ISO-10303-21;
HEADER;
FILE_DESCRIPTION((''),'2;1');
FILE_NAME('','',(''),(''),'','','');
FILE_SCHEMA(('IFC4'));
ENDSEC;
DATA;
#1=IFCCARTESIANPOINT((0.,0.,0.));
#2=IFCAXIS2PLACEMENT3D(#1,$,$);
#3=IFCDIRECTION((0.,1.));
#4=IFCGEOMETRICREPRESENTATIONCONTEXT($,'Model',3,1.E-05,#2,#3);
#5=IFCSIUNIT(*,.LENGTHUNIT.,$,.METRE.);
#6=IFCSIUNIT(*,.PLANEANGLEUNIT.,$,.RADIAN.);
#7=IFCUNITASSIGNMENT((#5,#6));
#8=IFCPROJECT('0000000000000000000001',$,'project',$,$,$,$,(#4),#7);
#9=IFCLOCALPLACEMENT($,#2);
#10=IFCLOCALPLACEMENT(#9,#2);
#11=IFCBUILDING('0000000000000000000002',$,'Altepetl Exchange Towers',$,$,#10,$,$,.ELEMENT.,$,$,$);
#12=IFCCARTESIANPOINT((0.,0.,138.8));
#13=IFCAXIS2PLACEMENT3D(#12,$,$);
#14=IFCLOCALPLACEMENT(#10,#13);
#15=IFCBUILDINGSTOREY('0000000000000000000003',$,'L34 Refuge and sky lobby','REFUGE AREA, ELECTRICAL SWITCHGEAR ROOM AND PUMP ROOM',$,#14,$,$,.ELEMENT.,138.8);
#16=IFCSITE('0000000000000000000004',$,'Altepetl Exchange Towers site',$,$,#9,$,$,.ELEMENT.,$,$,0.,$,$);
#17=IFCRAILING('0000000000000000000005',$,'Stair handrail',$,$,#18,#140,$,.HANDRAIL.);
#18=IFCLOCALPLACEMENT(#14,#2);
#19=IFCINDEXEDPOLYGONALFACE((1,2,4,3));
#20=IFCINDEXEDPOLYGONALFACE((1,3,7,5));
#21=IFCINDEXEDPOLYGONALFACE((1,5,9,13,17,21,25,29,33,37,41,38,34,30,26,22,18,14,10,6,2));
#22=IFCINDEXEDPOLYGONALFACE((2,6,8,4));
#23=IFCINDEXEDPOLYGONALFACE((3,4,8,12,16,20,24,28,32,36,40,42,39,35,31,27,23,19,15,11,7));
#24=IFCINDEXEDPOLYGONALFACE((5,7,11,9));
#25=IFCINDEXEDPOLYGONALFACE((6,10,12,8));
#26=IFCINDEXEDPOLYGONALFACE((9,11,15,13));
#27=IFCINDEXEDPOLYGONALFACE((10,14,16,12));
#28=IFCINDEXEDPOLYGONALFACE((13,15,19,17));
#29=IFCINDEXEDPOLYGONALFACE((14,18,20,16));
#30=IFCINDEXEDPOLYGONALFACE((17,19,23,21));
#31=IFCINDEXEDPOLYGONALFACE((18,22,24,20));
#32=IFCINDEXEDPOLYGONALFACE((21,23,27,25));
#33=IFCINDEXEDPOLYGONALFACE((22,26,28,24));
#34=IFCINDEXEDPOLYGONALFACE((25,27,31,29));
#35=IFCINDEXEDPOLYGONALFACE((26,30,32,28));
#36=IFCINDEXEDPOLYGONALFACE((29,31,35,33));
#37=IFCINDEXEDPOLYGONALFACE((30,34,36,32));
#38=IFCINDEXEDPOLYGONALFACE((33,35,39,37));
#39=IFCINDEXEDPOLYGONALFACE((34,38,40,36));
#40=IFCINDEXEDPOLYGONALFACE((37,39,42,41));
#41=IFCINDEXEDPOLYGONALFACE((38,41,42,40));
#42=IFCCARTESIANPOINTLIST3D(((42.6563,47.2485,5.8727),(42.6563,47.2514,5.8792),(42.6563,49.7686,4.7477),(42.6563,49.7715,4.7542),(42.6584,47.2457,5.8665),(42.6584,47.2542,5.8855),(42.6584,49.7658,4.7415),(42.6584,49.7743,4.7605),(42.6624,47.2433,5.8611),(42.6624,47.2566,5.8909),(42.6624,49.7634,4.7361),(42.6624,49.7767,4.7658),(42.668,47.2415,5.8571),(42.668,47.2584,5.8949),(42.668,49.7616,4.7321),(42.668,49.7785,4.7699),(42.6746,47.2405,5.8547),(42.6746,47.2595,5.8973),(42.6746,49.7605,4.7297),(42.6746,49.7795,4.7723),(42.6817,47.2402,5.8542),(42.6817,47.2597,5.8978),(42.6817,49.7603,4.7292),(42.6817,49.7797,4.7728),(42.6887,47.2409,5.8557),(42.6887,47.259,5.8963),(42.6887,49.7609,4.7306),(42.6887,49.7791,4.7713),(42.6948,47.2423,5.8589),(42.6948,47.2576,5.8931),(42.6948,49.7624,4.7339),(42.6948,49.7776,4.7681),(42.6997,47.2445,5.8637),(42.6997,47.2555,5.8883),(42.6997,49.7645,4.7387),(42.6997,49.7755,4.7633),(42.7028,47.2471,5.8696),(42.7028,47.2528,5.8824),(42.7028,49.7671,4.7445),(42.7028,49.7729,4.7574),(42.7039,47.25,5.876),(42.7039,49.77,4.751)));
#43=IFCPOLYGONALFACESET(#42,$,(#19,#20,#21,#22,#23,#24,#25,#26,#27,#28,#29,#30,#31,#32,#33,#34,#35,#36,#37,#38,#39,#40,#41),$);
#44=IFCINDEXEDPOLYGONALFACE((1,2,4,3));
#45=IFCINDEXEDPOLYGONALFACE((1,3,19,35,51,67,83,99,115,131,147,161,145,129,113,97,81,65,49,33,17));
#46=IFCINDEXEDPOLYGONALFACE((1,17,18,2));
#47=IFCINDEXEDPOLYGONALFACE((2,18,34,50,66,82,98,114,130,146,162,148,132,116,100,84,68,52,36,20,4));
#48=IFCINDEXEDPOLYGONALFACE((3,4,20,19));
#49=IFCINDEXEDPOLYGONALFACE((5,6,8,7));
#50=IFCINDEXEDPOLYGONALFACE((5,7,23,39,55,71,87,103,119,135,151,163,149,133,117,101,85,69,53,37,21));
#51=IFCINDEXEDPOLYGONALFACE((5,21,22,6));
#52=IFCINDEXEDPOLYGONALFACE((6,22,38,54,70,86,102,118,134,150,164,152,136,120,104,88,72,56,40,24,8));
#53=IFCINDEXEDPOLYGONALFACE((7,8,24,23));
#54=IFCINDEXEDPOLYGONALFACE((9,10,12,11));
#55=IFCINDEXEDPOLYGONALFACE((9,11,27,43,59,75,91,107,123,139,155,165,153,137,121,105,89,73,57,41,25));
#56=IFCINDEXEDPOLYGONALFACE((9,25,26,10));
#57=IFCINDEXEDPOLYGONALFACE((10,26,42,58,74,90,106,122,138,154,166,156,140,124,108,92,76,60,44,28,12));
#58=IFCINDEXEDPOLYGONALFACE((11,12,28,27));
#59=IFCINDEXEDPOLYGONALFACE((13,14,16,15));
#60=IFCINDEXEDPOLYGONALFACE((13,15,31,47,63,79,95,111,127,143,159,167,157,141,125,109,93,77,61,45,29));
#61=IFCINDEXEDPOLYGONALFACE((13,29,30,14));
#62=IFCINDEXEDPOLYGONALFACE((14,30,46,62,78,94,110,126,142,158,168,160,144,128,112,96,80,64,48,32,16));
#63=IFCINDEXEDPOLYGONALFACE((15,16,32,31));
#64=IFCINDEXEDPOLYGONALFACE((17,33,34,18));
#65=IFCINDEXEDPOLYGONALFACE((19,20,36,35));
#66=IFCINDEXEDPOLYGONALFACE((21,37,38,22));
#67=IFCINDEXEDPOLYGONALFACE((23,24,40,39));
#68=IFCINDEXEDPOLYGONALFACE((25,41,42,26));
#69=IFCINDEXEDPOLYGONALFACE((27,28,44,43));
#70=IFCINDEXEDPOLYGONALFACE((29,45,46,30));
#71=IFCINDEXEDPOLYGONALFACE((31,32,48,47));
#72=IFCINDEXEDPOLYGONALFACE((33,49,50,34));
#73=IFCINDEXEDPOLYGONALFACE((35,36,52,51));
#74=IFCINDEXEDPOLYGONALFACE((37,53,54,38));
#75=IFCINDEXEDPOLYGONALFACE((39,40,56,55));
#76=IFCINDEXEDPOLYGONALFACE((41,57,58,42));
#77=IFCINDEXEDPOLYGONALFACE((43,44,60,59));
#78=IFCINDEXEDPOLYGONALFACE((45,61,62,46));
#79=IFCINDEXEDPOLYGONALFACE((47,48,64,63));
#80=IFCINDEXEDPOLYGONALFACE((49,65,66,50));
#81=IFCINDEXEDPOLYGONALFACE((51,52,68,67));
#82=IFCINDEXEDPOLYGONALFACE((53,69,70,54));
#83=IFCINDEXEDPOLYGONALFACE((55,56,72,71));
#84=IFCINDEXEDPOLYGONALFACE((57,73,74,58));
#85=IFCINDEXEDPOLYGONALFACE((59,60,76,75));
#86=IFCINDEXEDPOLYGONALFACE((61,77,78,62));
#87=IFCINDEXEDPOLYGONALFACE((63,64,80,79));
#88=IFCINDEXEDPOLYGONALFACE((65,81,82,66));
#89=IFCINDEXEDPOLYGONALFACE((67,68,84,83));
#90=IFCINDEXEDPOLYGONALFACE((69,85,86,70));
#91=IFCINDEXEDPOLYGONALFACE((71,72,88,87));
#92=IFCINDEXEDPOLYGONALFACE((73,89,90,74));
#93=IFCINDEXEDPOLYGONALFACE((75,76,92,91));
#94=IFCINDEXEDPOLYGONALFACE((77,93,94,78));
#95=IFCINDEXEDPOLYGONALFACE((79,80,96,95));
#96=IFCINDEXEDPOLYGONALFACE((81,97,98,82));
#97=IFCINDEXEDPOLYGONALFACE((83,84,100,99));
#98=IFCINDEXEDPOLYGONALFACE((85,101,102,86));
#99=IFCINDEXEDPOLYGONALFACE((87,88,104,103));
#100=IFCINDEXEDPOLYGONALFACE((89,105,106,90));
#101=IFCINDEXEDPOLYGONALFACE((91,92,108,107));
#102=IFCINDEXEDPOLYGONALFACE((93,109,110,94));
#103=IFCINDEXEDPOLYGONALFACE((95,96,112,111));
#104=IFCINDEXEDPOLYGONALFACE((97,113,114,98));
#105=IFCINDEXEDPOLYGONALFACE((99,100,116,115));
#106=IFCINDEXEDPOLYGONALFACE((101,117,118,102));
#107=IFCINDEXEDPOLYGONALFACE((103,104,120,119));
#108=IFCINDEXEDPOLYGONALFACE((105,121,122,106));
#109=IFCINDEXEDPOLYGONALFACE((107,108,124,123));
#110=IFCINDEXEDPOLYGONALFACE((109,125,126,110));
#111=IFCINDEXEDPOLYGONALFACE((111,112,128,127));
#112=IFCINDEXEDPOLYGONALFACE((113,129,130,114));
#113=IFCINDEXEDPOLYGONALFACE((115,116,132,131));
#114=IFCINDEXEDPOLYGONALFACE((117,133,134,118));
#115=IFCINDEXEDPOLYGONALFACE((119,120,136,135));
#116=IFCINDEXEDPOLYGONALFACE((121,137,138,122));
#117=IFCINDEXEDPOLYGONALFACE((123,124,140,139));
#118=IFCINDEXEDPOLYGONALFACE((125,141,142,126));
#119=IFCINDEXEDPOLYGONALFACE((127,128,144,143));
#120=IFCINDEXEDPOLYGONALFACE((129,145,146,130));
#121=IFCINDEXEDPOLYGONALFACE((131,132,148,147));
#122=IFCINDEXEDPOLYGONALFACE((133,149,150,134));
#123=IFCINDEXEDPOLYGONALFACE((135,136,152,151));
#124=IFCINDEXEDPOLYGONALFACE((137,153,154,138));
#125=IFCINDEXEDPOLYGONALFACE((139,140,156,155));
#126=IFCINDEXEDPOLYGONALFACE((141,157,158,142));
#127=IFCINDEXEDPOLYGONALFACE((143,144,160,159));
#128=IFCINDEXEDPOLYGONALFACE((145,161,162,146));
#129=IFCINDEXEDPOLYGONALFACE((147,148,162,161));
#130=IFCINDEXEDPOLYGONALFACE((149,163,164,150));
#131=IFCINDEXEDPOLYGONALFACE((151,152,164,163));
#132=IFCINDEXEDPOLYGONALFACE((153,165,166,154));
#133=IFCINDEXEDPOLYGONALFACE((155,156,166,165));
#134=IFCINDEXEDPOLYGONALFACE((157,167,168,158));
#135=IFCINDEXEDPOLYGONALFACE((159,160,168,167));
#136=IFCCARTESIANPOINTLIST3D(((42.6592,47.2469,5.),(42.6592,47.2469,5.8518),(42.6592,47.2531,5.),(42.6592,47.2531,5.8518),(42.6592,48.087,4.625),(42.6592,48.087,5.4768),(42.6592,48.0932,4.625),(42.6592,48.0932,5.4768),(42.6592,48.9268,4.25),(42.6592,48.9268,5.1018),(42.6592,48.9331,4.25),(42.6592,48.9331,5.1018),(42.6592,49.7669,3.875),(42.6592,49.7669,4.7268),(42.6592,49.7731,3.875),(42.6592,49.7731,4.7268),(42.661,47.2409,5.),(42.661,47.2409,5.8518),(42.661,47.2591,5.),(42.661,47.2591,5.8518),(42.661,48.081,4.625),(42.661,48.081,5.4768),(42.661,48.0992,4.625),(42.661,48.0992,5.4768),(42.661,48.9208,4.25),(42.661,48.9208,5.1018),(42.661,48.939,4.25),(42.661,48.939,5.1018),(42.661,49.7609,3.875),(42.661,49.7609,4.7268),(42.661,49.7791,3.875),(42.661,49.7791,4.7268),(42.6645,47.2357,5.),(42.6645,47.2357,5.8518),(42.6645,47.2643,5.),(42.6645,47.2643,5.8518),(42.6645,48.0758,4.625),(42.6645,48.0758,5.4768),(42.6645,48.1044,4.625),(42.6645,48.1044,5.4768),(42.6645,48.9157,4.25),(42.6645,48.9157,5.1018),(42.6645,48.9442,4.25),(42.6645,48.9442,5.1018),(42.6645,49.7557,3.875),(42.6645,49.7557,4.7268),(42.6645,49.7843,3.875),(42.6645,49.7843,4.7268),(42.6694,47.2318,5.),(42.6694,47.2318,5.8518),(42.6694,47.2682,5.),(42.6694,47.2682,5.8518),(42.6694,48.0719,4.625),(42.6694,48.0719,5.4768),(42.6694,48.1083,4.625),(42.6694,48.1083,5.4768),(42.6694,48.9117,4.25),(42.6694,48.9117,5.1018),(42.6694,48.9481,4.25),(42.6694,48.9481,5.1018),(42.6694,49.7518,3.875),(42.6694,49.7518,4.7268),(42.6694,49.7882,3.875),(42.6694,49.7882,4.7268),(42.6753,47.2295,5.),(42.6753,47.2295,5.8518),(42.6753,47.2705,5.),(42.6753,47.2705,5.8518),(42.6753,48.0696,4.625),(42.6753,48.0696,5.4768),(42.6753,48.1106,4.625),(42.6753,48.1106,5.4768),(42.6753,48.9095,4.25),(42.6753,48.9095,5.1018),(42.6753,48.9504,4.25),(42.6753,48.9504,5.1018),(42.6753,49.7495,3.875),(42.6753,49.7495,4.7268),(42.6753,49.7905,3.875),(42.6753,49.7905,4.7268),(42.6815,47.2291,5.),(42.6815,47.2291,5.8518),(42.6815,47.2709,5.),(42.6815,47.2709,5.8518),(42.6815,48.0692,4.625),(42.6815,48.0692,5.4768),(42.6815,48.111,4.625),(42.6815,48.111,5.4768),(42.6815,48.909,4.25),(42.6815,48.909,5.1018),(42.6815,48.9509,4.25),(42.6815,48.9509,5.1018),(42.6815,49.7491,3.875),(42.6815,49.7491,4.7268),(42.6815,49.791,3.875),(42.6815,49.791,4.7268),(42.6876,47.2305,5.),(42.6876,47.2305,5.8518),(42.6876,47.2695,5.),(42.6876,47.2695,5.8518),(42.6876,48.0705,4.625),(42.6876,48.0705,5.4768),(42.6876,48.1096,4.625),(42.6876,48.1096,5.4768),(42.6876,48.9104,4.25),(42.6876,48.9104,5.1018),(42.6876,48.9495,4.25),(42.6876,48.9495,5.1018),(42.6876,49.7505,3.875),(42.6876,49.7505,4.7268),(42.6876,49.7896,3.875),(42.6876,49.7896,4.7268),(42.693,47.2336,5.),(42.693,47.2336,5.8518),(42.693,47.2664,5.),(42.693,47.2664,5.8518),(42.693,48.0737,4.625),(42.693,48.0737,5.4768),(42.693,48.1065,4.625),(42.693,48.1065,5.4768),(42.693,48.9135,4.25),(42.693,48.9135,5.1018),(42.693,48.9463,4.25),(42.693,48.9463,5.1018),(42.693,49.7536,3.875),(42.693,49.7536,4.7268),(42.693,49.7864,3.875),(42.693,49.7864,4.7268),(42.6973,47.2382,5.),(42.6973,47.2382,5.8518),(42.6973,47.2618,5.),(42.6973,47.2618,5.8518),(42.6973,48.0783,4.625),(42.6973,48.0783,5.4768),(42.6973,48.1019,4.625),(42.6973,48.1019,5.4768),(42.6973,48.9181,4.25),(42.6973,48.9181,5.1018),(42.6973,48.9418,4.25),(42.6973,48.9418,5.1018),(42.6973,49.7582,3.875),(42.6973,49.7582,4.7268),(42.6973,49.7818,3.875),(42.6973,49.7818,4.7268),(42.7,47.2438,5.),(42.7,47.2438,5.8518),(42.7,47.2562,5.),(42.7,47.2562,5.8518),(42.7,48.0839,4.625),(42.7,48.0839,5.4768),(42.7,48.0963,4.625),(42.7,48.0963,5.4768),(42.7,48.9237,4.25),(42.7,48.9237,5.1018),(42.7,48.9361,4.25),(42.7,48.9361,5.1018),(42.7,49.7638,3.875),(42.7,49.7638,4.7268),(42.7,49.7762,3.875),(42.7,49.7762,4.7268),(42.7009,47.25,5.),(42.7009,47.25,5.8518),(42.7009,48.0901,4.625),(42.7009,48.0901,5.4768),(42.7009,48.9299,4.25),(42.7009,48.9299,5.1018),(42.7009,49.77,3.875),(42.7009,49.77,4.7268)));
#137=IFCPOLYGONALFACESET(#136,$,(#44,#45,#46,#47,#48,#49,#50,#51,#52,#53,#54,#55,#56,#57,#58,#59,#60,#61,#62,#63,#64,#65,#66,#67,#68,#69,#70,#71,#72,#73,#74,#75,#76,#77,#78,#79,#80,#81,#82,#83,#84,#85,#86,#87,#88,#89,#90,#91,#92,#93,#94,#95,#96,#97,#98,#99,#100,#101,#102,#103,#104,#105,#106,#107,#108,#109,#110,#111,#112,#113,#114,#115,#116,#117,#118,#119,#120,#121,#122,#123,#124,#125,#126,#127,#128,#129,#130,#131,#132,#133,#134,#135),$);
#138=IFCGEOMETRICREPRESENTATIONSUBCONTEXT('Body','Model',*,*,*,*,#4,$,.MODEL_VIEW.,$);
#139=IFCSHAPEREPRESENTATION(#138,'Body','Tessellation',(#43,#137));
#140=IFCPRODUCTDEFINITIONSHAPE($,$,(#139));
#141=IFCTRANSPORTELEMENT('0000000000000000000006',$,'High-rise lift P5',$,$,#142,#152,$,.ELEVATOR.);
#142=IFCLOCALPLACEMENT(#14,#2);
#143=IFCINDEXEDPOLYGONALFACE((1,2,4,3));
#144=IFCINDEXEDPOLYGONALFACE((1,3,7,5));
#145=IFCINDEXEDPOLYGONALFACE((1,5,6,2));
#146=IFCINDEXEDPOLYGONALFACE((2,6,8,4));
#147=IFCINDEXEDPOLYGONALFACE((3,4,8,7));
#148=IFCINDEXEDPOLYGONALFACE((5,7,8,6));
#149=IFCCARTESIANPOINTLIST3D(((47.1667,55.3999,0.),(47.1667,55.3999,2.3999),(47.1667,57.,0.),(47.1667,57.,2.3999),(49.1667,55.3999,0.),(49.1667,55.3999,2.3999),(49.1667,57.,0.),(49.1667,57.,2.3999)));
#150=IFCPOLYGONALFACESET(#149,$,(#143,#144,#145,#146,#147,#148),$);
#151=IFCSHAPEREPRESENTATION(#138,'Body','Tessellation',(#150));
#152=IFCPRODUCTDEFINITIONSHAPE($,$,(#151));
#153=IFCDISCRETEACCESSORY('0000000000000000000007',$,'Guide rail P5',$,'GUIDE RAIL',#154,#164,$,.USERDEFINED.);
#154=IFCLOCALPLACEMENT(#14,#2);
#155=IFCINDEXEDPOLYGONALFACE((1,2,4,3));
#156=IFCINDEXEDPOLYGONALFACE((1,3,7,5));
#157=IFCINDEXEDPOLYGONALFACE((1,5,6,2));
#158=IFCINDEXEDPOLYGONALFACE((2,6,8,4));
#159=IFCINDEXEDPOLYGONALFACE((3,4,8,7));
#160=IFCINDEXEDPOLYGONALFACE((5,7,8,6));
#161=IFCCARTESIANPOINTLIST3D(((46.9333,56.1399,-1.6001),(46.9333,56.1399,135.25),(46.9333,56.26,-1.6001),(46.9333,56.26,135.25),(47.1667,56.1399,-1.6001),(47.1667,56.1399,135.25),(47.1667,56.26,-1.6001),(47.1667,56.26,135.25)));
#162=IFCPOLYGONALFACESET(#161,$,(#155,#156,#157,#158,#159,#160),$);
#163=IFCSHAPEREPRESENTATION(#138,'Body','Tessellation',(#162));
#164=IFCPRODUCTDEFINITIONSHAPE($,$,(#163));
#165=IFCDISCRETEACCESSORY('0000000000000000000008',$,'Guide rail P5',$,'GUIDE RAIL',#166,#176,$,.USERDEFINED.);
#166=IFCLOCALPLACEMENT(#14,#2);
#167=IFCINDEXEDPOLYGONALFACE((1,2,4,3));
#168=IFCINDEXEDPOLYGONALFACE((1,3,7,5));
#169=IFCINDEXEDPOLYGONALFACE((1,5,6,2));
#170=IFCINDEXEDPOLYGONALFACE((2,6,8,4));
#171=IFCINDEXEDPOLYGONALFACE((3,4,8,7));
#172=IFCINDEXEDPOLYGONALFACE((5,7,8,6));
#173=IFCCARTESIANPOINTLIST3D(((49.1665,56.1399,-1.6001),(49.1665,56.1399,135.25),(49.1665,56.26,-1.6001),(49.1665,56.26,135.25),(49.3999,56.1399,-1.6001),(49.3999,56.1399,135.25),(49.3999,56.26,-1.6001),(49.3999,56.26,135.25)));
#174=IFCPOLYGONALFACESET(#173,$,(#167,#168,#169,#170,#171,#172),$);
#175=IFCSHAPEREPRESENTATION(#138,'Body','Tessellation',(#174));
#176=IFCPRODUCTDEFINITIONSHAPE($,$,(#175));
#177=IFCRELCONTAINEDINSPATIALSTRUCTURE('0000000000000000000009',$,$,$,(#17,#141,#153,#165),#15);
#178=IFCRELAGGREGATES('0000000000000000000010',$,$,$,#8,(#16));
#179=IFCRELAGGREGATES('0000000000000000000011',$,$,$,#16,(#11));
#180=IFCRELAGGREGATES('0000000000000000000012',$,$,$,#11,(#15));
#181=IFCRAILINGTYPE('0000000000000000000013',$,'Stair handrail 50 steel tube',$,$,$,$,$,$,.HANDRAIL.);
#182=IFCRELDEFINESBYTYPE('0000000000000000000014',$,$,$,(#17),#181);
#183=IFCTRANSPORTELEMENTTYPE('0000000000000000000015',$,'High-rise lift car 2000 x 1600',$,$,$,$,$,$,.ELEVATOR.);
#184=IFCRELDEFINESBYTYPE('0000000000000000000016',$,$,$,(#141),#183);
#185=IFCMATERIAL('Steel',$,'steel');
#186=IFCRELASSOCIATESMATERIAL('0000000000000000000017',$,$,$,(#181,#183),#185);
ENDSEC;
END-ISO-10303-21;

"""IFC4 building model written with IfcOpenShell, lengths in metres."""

from ifc_helpers import new_model, si_unit, direction, frame, origin, origin_2d, place, context, subcontext, project, spatial, rectangle, circle, extrude, source, transform, mapped, material, type_object, element, save


model = new_model("IFC4")

# Units and contexts
model_context = context("Model", 3, precision=1e-05, world=origin(), true_north=direction((0.0, 1.0)))
body_context = subcontext(model_context, "Body", "Model", "MODEL_VIEW")
ifc_project = project(units=[si_unit("LENGTHUNIT", "METRE"), si_unit("PLANEANGLEUNIT", "RADIAN")], contexts=[model_context])

# Site, building, storey
site_placement = place(None, origin())
site = spatial("IfcSite", under=ifc_project, at=site_placement, Name="Altepetl Exchange Towers site", CompositionType="ELEMENT", RefElevation=0.0)
building_placement = place(site_placement, origin())
building = spatial("IfcBuilding", under=site, at=building_placement, Name="Altepetl Exchange Towers", CompositionType="ELEMENT")
storey_placement = place(building_placement, frame((0.0, 0.0, 138.8)))
storey = spatial("IfcBuildingStorey", under=building, at=storey_placement, Name="L34 Refuge and sky lobby", Description="REFUGE AREA, ELECTRICAL SWITCHGEAR ROOM AND PUMP ROOM", CompositionType="ELEMENT", Elevation=138.8)

# Railing
ifc_material_1 = material(Name="Steel", Category="steel")
railing_type = type_object("IfcRailingType", Name="Stair handrail 50 steel tube", PredefinedType="HANDRAIL", material=ifc_material_1)
shared_shape = source(origin(), body_context, "Body", "SweptSolid", [
    extrude(circle(Radius=0.021, at=origin_2d()), origin(), (0.0, 0.0, 1.0), 0.8518),
])
railing_placement = place(storey_placement, frame((42.6799, 49.77, 3.875)))
element("IfcRailing", 1, at=railing_placement, inside=storey, type_object=railing_type, Name="Stair handrail", PredefinedType="HANDRAIL", context=body_context, shape_type="SweptSolid", body=[
    extrude(circle(Radius=0.0239, at=origin_2d()), frame((0.0, 0.0, 0.876), z_axis=(0.0, -0.913139, 0.407648), x_axis=(1.0, 0.0, 0.0)), (0.0, 0.0, 1.0), 2.7598),
    mapped(shared_shape, transform((0.0, 0.0, 0.0))),
    mapped(shared_shape, transform((0.0, -0.8401, 0.375))),
    mapped(shared_shape, transform((0.0, -1.6799, 0.75))),
    mapped(shared_shape, transform((0.0, -2.52, 1.125))),
])

# Transport element
transport_element_type = type_object("IfcTransportElementType", Name="High-rise lift car 2000 x 1600", PredefinedType="ELEVATOR", material=ifc_material_1)
transport_element_placement = place(storey_placement, frame((48.1667, 56.2, 0.0)))
element("IfcTransportElement", 2, at=transport_element_placement, inside=storey, type_object=transport_element_type, Name="High-rise lift P5", PredefinedType="ELEVATOR", context=body_context, shape_type="SweptSolid", body=[
    extrude(rectangle(XDim=2.0, YDim=1.6001, at=origin_2d()), origin(), (0.0, 0.0, 1.0), 2.3999),
])

# Discrete accessories
for number, where, name in (
    (3, (47.05, 56.2, -1.6001), "Guide rail P5"),
    (4, (49.2832, 56.2, -1.6001), "Guide rail P5"),
):
    element("IfcDiscreteAccessory", number, at=place(storey_placement, frame(where)), inside=storey, Name=name, ObjectType="GUIDE RAIL", PredefinedType="USERDEFINED", context=body_context, shape_type="SweptSolid", body=[
        extrude(rectangle(XDim=0.2334, YDim=0.1201, at=origin_2d()), origin(), (0.0, 0.0, 1.0), 136.8501),
    ])

save(model, "model.ifc")
